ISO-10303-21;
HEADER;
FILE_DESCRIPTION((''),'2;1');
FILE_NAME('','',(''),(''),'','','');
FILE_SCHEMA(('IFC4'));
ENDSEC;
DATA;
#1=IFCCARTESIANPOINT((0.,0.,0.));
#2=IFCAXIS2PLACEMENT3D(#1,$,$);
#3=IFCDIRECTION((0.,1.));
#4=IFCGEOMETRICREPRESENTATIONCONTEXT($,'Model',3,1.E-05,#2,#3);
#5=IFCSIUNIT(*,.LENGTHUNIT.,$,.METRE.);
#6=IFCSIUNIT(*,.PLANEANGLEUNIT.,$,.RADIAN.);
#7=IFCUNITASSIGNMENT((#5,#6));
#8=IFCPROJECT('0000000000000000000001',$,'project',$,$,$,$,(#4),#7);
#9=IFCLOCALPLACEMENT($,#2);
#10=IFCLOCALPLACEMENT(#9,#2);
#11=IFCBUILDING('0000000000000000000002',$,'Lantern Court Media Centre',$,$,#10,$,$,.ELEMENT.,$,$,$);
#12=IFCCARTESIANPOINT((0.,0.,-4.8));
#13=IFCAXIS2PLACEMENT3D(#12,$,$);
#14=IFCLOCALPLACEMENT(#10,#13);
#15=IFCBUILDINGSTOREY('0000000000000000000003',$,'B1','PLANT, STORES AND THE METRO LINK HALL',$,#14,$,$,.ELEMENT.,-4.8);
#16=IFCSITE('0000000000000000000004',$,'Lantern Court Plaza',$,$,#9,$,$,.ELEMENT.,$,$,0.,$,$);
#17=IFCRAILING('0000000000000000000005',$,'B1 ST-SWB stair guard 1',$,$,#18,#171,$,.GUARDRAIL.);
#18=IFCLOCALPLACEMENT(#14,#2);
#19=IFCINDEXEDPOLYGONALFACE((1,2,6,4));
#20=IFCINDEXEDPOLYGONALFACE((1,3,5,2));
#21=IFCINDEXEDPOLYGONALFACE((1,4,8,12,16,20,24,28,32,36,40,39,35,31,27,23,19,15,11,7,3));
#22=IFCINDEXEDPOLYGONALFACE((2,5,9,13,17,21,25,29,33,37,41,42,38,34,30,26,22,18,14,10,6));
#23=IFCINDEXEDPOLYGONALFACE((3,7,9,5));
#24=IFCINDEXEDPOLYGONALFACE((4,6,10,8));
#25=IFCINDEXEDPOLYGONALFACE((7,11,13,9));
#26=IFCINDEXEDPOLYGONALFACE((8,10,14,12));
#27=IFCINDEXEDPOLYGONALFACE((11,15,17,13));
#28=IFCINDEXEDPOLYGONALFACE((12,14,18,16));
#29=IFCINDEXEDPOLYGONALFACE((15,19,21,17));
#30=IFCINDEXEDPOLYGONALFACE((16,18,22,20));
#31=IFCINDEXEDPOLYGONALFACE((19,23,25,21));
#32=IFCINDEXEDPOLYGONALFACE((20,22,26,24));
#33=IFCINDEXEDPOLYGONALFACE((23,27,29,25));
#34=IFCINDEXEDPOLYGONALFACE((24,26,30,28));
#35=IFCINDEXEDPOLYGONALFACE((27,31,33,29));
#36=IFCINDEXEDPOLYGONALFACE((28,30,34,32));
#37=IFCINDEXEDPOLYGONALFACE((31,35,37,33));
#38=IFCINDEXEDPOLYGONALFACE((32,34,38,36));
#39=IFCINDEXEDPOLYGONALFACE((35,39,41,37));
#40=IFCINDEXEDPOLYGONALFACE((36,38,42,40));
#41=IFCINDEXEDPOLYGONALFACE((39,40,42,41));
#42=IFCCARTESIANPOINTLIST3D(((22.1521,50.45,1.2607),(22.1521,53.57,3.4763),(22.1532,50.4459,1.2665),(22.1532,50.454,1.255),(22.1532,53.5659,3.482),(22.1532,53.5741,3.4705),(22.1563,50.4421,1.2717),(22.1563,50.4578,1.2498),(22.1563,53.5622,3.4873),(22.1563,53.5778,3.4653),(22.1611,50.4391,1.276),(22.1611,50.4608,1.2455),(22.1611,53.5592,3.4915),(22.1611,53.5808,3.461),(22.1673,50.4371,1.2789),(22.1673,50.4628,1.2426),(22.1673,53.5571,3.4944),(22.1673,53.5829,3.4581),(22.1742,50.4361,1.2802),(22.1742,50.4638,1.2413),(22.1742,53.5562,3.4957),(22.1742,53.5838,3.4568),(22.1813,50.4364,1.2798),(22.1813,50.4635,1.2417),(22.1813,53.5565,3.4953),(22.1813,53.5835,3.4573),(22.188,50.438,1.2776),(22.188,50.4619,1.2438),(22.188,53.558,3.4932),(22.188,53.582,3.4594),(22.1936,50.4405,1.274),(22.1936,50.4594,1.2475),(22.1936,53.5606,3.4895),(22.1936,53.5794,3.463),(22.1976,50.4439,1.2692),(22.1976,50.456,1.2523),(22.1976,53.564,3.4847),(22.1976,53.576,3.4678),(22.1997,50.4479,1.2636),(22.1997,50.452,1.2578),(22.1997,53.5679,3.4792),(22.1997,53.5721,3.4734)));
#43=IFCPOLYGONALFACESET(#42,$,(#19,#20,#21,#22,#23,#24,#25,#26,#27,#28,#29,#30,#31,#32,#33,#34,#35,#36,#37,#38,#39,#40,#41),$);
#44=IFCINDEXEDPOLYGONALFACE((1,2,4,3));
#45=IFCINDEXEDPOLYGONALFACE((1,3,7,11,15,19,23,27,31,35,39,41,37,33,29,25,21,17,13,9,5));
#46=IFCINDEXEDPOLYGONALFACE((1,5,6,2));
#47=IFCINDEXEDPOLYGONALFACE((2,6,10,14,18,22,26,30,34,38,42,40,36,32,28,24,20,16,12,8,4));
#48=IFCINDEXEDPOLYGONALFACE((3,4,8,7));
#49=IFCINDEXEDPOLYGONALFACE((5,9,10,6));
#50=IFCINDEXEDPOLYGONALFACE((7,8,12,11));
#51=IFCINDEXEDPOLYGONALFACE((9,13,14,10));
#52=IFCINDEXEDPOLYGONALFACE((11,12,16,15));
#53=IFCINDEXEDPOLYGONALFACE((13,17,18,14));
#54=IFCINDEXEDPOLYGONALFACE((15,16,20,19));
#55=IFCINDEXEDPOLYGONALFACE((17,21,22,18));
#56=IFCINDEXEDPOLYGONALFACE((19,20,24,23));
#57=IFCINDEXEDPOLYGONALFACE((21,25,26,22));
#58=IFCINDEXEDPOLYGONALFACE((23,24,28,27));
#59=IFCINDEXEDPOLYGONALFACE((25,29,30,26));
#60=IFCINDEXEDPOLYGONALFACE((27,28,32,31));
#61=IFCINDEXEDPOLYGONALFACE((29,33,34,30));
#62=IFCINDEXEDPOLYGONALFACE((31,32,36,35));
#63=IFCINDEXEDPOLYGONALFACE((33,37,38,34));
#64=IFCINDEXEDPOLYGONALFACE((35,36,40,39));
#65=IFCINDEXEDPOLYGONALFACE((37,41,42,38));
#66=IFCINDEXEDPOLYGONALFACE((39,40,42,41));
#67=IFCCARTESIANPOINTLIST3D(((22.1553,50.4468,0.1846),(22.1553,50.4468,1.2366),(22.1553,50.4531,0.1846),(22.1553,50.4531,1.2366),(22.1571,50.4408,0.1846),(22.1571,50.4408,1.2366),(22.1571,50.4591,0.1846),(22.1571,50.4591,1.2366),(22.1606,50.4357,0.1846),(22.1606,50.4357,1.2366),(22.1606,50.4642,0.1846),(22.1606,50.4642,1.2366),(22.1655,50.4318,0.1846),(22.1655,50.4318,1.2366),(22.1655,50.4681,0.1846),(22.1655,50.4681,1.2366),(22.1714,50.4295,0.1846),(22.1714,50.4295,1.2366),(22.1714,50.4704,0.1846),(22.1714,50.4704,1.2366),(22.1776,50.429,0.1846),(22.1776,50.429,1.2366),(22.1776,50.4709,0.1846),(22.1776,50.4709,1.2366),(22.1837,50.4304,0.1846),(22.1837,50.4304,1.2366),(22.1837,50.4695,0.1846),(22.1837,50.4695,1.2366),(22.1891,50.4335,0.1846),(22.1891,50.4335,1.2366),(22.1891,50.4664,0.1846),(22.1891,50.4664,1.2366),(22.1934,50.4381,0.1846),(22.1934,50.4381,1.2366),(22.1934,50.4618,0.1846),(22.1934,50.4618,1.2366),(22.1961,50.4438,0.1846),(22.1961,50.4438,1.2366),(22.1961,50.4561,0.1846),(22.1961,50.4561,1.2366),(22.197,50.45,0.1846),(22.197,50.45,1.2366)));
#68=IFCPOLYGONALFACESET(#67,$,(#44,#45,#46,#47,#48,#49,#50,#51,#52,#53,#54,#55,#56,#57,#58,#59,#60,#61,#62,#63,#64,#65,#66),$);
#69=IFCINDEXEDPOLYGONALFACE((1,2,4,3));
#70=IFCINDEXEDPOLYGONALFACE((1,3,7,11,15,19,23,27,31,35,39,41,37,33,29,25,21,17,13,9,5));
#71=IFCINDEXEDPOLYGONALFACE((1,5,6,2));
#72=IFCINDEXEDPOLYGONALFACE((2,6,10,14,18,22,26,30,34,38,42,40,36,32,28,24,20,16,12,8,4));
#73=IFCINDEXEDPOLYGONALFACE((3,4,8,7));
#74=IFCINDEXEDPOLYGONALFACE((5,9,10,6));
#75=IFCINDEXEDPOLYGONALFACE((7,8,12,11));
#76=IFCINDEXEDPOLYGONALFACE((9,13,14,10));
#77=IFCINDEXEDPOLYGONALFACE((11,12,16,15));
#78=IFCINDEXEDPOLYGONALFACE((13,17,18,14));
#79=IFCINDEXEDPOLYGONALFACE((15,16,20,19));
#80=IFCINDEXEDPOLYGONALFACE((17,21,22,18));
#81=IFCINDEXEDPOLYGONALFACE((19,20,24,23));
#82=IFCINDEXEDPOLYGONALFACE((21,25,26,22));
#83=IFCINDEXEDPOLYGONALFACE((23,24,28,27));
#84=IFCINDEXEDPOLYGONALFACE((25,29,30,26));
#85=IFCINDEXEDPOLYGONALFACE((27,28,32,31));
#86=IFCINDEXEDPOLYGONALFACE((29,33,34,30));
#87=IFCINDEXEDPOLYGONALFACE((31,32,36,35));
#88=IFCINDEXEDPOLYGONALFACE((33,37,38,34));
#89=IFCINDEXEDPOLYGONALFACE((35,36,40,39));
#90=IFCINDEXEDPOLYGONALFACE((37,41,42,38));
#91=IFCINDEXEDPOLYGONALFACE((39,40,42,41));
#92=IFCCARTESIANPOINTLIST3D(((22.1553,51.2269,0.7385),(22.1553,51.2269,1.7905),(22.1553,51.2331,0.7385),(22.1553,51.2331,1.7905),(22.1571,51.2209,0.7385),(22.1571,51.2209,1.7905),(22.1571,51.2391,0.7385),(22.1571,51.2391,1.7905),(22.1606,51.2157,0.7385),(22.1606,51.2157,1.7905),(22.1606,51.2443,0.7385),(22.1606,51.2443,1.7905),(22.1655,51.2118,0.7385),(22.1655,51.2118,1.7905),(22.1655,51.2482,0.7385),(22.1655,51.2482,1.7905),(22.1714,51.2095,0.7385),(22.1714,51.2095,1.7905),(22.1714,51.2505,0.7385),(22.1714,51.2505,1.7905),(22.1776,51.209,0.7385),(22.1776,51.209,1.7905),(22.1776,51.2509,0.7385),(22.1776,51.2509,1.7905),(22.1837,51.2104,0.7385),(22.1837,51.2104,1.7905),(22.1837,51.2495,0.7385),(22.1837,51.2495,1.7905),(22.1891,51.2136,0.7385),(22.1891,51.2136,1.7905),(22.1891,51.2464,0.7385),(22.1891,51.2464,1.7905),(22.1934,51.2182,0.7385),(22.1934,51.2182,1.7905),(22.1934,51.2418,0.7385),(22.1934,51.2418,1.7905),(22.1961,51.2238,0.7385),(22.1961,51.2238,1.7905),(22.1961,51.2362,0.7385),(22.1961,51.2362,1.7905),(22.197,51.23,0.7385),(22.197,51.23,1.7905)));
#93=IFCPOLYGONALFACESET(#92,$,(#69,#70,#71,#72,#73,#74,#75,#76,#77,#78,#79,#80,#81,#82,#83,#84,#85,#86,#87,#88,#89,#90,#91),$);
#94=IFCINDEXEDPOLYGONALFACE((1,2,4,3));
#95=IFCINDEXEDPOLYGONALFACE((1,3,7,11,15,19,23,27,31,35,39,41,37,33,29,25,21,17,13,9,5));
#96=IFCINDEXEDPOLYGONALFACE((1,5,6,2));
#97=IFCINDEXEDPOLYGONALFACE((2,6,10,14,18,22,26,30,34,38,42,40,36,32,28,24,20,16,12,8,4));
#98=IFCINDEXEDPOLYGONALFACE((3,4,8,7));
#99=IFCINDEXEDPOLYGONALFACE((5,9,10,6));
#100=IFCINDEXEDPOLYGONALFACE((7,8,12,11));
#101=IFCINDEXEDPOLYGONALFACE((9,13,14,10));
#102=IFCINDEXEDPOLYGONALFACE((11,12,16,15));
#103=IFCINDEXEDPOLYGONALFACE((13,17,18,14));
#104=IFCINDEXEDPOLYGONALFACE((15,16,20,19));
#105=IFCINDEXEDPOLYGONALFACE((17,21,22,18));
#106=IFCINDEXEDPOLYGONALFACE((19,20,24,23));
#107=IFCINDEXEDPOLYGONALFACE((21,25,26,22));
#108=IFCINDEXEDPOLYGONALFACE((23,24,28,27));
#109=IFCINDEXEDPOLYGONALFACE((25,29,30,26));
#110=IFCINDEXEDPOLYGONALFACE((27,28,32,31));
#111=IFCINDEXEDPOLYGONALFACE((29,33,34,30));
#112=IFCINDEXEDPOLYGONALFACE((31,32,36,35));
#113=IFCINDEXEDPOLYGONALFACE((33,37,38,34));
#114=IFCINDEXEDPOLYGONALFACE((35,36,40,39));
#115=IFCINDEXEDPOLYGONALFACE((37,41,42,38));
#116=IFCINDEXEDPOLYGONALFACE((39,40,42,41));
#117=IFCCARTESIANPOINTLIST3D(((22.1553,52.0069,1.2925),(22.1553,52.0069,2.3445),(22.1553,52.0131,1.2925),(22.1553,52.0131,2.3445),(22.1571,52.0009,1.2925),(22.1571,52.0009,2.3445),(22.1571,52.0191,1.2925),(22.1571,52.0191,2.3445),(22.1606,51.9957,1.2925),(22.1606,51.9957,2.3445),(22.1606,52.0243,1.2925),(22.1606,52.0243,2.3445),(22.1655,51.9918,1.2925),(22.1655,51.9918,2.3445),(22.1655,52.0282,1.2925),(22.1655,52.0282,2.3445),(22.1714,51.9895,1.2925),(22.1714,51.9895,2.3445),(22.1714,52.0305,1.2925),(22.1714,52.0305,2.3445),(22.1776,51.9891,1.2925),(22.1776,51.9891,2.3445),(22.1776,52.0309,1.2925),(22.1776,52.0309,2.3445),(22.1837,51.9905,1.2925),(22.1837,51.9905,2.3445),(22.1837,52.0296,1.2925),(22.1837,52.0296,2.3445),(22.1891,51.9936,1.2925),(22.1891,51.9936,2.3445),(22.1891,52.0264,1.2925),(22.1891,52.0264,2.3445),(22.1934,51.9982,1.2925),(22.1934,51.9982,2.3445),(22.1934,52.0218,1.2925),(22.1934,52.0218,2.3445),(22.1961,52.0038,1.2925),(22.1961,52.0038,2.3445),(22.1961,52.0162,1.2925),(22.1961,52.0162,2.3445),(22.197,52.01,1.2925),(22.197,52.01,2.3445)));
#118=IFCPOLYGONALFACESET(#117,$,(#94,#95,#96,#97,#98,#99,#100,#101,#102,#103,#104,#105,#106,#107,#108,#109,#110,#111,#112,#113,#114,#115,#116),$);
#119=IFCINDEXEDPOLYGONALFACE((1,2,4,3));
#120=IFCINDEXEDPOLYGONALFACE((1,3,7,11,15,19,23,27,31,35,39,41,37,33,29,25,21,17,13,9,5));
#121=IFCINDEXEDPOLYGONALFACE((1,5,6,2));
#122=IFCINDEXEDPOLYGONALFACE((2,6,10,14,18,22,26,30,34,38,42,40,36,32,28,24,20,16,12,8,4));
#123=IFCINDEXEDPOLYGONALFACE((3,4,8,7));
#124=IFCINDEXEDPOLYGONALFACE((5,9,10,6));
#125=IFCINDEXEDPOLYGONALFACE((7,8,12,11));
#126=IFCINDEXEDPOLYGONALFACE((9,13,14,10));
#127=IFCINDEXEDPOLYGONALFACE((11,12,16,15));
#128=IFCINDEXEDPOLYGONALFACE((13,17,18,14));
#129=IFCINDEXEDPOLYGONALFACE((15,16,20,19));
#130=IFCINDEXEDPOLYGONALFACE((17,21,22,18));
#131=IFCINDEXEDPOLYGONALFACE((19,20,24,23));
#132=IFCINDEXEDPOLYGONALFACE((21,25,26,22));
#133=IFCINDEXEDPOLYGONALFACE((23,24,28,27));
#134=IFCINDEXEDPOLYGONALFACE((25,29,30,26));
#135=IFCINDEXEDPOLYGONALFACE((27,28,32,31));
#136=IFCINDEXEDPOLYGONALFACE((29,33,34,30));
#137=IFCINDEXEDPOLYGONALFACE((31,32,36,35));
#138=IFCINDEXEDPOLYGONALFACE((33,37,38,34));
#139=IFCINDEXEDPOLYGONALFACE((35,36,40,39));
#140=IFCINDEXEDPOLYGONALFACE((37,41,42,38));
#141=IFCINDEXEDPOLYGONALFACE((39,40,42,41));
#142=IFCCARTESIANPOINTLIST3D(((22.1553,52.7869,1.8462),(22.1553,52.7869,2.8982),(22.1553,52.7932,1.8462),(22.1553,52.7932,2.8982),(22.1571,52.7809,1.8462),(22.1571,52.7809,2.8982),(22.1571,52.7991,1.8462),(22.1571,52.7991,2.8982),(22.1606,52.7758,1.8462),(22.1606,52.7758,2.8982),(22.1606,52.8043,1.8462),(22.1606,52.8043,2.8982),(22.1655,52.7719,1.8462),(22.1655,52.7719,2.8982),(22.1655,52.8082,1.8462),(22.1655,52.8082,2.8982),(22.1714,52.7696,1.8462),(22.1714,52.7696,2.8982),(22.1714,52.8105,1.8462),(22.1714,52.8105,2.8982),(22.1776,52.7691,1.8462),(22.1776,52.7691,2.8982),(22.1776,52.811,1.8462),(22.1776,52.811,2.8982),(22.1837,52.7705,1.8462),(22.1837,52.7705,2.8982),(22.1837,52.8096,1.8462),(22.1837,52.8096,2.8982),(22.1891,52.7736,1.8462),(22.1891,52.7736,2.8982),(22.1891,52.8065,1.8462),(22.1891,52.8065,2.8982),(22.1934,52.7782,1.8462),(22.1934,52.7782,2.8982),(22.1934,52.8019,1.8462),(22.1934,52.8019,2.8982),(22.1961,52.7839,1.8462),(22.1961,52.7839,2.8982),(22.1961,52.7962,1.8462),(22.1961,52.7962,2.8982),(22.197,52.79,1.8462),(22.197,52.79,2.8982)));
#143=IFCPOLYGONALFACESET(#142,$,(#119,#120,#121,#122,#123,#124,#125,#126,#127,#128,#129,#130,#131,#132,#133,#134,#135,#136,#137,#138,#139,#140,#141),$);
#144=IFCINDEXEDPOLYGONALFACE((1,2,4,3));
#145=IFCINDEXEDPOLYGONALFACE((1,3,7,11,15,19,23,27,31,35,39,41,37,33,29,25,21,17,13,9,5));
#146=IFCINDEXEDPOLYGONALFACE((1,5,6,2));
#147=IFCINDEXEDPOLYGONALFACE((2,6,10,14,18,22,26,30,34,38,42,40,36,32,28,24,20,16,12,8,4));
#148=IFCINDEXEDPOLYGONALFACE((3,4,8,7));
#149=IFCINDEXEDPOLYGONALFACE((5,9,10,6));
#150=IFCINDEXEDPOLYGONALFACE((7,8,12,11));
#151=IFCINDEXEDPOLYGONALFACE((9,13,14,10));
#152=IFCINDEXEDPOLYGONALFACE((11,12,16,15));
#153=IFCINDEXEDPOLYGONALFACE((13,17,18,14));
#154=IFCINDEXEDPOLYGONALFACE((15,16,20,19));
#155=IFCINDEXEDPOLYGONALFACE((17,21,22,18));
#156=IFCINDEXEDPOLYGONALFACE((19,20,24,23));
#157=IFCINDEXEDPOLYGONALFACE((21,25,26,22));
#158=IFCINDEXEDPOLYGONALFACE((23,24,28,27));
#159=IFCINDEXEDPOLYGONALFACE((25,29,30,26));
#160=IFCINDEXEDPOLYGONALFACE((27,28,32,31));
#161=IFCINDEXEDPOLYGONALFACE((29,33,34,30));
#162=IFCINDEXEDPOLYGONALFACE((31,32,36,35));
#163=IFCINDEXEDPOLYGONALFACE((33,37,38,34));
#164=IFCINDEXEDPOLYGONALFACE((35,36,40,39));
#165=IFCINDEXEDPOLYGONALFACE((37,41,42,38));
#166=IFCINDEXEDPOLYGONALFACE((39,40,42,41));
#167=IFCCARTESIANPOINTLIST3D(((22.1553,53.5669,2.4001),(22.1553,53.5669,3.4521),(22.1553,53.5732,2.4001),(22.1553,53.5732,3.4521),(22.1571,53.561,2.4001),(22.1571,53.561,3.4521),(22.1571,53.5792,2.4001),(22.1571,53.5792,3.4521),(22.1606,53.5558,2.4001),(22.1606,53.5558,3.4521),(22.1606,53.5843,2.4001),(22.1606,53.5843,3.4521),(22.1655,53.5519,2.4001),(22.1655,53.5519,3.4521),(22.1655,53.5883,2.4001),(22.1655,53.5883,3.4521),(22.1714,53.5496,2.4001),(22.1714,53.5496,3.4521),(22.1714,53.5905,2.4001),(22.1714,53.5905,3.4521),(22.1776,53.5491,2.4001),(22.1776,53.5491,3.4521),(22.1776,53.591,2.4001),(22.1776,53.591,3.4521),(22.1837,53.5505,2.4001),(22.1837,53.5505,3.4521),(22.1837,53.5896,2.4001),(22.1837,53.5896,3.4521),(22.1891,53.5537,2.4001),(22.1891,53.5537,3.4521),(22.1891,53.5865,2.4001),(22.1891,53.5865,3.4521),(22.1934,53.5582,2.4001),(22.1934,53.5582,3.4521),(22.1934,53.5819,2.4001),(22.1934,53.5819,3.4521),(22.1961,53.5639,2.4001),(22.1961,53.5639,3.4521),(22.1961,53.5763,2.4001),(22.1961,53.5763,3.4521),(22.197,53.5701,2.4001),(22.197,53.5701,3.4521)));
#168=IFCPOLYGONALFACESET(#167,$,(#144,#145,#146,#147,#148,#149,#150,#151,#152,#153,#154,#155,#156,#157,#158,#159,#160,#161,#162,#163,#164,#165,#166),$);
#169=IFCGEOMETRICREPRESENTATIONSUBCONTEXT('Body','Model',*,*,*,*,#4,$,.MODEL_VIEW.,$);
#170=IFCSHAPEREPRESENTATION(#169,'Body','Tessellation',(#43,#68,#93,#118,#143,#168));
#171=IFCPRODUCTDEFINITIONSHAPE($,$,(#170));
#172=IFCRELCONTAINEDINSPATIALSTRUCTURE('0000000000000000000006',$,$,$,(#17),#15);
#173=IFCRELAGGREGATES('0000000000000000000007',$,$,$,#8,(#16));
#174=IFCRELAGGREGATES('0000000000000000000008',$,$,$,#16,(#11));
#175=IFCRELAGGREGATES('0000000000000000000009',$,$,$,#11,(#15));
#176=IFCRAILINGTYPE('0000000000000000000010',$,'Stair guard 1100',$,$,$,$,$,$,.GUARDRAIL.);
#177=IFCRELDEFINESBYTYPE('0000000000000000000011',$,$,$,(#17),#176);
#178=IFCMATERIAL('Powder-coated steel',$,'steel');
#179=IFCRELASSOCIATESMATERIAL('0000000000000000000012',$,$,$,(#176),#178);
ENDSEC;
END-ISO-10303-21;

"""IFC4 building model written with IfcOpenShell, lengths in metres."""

from ifc_helpers import new_model, si_unit, direction, frame, origin, origin_2d, place, context, subcontext, project, spatial, circle, extrude, material, type_object, element, save


model = new_model("IFC4")

# Units and contexts
model_context = context("Model", 3, precision=1e-05, world=origin(), true_north=direction((0.0, 1.0)))
body_context = subcontext(model_context, "Body", "Model", "MODEL_VIEW")
ifc_project = project(units=[si_unit("LENGTHUNIT", "METRE"), si_unit("PLANEANGLEUNIT", "RADIAN")], contexts=[model_context])

# Site, building, storey
site_placement = place(None, origin())
site = spatial("IfcSite", under=ifc_project, at=site_placement, Name="Lantern Court Plaza", CompositionType="ELEMENT", RefElevation=0.0)
building_placement = place(site_placement, origin())
building = spatial("IfcBuilding", under=site, at=building_placement, Name="Lantern Court Media Centre", CompositionType="ELEMENT")
storey_placement = place(building_placement, frame((0.0, 0.0, -4.8)))
storey = spatial("IfcBuildingStorey", under=building, at=storey_placement, Name="B1", Description="PLANT, STORES AND THE METRO LINK HALL", CompositionType="ELEMENT", Elevation=-4.8)

# Railing
ifc_material_1 = material(Name="Powder-coated steel", Category="steel")
railing_type_1 = type_object("IfcRailingType", Name="Stair guard 1100", PredefinedType="GUARDRAIL", material=ifc_material_1)
railing_1_placement = place(storey_placement, frame((22.176, 50.45, 0.1846)))
element("IfcRailing", 1, at=railing_1_placement, inside=storey, type_object=railing_type_1, Name="B1 ST-SWB stair guard 1", PredefinedType="GUARDRAIL", context=body_context, shape_type="SweptSolid", body=[
    extrude(circle(Radius=0.0239, at=origin_2d()), frame((0.0, 0.0, 1.0762), z_axis=(0.0, 0.815347, 0.578973), x_axis=(-1.0, 0.0, 0.0)), (0.0, 0.0, 1.0), 3.8267),
    extrude(circle(Radius=0.021, at=origin_2d()), origin(), (0.0, 0.0, 1.0), 1.052),
    extrude(circle(Radius=0.021, at=origin_2d()), frame((0.0, 0.78, 0.554)), (0.0, 0.0, 1.0), 1.052),
    extrude(circle(Radius=0.021, at=origin_2d()), frame((0.0, 1.5601, 1.1079)), (0.0, 0.0, 1.0), 1.052),
    extrude(circle(Radius=0.021, at=origin_2d()), frame((0.0, 2.3401, 1.6616)), (0.0, 0.0, 1.0), 1.052),
    extrude(circle(Radius=0.021, at=origin_2d()), frame((0.0, 3.1201, 2.2156)), (0.0, 0.0, 1.0), 1.052),
])

save(model, "model.ifc")
